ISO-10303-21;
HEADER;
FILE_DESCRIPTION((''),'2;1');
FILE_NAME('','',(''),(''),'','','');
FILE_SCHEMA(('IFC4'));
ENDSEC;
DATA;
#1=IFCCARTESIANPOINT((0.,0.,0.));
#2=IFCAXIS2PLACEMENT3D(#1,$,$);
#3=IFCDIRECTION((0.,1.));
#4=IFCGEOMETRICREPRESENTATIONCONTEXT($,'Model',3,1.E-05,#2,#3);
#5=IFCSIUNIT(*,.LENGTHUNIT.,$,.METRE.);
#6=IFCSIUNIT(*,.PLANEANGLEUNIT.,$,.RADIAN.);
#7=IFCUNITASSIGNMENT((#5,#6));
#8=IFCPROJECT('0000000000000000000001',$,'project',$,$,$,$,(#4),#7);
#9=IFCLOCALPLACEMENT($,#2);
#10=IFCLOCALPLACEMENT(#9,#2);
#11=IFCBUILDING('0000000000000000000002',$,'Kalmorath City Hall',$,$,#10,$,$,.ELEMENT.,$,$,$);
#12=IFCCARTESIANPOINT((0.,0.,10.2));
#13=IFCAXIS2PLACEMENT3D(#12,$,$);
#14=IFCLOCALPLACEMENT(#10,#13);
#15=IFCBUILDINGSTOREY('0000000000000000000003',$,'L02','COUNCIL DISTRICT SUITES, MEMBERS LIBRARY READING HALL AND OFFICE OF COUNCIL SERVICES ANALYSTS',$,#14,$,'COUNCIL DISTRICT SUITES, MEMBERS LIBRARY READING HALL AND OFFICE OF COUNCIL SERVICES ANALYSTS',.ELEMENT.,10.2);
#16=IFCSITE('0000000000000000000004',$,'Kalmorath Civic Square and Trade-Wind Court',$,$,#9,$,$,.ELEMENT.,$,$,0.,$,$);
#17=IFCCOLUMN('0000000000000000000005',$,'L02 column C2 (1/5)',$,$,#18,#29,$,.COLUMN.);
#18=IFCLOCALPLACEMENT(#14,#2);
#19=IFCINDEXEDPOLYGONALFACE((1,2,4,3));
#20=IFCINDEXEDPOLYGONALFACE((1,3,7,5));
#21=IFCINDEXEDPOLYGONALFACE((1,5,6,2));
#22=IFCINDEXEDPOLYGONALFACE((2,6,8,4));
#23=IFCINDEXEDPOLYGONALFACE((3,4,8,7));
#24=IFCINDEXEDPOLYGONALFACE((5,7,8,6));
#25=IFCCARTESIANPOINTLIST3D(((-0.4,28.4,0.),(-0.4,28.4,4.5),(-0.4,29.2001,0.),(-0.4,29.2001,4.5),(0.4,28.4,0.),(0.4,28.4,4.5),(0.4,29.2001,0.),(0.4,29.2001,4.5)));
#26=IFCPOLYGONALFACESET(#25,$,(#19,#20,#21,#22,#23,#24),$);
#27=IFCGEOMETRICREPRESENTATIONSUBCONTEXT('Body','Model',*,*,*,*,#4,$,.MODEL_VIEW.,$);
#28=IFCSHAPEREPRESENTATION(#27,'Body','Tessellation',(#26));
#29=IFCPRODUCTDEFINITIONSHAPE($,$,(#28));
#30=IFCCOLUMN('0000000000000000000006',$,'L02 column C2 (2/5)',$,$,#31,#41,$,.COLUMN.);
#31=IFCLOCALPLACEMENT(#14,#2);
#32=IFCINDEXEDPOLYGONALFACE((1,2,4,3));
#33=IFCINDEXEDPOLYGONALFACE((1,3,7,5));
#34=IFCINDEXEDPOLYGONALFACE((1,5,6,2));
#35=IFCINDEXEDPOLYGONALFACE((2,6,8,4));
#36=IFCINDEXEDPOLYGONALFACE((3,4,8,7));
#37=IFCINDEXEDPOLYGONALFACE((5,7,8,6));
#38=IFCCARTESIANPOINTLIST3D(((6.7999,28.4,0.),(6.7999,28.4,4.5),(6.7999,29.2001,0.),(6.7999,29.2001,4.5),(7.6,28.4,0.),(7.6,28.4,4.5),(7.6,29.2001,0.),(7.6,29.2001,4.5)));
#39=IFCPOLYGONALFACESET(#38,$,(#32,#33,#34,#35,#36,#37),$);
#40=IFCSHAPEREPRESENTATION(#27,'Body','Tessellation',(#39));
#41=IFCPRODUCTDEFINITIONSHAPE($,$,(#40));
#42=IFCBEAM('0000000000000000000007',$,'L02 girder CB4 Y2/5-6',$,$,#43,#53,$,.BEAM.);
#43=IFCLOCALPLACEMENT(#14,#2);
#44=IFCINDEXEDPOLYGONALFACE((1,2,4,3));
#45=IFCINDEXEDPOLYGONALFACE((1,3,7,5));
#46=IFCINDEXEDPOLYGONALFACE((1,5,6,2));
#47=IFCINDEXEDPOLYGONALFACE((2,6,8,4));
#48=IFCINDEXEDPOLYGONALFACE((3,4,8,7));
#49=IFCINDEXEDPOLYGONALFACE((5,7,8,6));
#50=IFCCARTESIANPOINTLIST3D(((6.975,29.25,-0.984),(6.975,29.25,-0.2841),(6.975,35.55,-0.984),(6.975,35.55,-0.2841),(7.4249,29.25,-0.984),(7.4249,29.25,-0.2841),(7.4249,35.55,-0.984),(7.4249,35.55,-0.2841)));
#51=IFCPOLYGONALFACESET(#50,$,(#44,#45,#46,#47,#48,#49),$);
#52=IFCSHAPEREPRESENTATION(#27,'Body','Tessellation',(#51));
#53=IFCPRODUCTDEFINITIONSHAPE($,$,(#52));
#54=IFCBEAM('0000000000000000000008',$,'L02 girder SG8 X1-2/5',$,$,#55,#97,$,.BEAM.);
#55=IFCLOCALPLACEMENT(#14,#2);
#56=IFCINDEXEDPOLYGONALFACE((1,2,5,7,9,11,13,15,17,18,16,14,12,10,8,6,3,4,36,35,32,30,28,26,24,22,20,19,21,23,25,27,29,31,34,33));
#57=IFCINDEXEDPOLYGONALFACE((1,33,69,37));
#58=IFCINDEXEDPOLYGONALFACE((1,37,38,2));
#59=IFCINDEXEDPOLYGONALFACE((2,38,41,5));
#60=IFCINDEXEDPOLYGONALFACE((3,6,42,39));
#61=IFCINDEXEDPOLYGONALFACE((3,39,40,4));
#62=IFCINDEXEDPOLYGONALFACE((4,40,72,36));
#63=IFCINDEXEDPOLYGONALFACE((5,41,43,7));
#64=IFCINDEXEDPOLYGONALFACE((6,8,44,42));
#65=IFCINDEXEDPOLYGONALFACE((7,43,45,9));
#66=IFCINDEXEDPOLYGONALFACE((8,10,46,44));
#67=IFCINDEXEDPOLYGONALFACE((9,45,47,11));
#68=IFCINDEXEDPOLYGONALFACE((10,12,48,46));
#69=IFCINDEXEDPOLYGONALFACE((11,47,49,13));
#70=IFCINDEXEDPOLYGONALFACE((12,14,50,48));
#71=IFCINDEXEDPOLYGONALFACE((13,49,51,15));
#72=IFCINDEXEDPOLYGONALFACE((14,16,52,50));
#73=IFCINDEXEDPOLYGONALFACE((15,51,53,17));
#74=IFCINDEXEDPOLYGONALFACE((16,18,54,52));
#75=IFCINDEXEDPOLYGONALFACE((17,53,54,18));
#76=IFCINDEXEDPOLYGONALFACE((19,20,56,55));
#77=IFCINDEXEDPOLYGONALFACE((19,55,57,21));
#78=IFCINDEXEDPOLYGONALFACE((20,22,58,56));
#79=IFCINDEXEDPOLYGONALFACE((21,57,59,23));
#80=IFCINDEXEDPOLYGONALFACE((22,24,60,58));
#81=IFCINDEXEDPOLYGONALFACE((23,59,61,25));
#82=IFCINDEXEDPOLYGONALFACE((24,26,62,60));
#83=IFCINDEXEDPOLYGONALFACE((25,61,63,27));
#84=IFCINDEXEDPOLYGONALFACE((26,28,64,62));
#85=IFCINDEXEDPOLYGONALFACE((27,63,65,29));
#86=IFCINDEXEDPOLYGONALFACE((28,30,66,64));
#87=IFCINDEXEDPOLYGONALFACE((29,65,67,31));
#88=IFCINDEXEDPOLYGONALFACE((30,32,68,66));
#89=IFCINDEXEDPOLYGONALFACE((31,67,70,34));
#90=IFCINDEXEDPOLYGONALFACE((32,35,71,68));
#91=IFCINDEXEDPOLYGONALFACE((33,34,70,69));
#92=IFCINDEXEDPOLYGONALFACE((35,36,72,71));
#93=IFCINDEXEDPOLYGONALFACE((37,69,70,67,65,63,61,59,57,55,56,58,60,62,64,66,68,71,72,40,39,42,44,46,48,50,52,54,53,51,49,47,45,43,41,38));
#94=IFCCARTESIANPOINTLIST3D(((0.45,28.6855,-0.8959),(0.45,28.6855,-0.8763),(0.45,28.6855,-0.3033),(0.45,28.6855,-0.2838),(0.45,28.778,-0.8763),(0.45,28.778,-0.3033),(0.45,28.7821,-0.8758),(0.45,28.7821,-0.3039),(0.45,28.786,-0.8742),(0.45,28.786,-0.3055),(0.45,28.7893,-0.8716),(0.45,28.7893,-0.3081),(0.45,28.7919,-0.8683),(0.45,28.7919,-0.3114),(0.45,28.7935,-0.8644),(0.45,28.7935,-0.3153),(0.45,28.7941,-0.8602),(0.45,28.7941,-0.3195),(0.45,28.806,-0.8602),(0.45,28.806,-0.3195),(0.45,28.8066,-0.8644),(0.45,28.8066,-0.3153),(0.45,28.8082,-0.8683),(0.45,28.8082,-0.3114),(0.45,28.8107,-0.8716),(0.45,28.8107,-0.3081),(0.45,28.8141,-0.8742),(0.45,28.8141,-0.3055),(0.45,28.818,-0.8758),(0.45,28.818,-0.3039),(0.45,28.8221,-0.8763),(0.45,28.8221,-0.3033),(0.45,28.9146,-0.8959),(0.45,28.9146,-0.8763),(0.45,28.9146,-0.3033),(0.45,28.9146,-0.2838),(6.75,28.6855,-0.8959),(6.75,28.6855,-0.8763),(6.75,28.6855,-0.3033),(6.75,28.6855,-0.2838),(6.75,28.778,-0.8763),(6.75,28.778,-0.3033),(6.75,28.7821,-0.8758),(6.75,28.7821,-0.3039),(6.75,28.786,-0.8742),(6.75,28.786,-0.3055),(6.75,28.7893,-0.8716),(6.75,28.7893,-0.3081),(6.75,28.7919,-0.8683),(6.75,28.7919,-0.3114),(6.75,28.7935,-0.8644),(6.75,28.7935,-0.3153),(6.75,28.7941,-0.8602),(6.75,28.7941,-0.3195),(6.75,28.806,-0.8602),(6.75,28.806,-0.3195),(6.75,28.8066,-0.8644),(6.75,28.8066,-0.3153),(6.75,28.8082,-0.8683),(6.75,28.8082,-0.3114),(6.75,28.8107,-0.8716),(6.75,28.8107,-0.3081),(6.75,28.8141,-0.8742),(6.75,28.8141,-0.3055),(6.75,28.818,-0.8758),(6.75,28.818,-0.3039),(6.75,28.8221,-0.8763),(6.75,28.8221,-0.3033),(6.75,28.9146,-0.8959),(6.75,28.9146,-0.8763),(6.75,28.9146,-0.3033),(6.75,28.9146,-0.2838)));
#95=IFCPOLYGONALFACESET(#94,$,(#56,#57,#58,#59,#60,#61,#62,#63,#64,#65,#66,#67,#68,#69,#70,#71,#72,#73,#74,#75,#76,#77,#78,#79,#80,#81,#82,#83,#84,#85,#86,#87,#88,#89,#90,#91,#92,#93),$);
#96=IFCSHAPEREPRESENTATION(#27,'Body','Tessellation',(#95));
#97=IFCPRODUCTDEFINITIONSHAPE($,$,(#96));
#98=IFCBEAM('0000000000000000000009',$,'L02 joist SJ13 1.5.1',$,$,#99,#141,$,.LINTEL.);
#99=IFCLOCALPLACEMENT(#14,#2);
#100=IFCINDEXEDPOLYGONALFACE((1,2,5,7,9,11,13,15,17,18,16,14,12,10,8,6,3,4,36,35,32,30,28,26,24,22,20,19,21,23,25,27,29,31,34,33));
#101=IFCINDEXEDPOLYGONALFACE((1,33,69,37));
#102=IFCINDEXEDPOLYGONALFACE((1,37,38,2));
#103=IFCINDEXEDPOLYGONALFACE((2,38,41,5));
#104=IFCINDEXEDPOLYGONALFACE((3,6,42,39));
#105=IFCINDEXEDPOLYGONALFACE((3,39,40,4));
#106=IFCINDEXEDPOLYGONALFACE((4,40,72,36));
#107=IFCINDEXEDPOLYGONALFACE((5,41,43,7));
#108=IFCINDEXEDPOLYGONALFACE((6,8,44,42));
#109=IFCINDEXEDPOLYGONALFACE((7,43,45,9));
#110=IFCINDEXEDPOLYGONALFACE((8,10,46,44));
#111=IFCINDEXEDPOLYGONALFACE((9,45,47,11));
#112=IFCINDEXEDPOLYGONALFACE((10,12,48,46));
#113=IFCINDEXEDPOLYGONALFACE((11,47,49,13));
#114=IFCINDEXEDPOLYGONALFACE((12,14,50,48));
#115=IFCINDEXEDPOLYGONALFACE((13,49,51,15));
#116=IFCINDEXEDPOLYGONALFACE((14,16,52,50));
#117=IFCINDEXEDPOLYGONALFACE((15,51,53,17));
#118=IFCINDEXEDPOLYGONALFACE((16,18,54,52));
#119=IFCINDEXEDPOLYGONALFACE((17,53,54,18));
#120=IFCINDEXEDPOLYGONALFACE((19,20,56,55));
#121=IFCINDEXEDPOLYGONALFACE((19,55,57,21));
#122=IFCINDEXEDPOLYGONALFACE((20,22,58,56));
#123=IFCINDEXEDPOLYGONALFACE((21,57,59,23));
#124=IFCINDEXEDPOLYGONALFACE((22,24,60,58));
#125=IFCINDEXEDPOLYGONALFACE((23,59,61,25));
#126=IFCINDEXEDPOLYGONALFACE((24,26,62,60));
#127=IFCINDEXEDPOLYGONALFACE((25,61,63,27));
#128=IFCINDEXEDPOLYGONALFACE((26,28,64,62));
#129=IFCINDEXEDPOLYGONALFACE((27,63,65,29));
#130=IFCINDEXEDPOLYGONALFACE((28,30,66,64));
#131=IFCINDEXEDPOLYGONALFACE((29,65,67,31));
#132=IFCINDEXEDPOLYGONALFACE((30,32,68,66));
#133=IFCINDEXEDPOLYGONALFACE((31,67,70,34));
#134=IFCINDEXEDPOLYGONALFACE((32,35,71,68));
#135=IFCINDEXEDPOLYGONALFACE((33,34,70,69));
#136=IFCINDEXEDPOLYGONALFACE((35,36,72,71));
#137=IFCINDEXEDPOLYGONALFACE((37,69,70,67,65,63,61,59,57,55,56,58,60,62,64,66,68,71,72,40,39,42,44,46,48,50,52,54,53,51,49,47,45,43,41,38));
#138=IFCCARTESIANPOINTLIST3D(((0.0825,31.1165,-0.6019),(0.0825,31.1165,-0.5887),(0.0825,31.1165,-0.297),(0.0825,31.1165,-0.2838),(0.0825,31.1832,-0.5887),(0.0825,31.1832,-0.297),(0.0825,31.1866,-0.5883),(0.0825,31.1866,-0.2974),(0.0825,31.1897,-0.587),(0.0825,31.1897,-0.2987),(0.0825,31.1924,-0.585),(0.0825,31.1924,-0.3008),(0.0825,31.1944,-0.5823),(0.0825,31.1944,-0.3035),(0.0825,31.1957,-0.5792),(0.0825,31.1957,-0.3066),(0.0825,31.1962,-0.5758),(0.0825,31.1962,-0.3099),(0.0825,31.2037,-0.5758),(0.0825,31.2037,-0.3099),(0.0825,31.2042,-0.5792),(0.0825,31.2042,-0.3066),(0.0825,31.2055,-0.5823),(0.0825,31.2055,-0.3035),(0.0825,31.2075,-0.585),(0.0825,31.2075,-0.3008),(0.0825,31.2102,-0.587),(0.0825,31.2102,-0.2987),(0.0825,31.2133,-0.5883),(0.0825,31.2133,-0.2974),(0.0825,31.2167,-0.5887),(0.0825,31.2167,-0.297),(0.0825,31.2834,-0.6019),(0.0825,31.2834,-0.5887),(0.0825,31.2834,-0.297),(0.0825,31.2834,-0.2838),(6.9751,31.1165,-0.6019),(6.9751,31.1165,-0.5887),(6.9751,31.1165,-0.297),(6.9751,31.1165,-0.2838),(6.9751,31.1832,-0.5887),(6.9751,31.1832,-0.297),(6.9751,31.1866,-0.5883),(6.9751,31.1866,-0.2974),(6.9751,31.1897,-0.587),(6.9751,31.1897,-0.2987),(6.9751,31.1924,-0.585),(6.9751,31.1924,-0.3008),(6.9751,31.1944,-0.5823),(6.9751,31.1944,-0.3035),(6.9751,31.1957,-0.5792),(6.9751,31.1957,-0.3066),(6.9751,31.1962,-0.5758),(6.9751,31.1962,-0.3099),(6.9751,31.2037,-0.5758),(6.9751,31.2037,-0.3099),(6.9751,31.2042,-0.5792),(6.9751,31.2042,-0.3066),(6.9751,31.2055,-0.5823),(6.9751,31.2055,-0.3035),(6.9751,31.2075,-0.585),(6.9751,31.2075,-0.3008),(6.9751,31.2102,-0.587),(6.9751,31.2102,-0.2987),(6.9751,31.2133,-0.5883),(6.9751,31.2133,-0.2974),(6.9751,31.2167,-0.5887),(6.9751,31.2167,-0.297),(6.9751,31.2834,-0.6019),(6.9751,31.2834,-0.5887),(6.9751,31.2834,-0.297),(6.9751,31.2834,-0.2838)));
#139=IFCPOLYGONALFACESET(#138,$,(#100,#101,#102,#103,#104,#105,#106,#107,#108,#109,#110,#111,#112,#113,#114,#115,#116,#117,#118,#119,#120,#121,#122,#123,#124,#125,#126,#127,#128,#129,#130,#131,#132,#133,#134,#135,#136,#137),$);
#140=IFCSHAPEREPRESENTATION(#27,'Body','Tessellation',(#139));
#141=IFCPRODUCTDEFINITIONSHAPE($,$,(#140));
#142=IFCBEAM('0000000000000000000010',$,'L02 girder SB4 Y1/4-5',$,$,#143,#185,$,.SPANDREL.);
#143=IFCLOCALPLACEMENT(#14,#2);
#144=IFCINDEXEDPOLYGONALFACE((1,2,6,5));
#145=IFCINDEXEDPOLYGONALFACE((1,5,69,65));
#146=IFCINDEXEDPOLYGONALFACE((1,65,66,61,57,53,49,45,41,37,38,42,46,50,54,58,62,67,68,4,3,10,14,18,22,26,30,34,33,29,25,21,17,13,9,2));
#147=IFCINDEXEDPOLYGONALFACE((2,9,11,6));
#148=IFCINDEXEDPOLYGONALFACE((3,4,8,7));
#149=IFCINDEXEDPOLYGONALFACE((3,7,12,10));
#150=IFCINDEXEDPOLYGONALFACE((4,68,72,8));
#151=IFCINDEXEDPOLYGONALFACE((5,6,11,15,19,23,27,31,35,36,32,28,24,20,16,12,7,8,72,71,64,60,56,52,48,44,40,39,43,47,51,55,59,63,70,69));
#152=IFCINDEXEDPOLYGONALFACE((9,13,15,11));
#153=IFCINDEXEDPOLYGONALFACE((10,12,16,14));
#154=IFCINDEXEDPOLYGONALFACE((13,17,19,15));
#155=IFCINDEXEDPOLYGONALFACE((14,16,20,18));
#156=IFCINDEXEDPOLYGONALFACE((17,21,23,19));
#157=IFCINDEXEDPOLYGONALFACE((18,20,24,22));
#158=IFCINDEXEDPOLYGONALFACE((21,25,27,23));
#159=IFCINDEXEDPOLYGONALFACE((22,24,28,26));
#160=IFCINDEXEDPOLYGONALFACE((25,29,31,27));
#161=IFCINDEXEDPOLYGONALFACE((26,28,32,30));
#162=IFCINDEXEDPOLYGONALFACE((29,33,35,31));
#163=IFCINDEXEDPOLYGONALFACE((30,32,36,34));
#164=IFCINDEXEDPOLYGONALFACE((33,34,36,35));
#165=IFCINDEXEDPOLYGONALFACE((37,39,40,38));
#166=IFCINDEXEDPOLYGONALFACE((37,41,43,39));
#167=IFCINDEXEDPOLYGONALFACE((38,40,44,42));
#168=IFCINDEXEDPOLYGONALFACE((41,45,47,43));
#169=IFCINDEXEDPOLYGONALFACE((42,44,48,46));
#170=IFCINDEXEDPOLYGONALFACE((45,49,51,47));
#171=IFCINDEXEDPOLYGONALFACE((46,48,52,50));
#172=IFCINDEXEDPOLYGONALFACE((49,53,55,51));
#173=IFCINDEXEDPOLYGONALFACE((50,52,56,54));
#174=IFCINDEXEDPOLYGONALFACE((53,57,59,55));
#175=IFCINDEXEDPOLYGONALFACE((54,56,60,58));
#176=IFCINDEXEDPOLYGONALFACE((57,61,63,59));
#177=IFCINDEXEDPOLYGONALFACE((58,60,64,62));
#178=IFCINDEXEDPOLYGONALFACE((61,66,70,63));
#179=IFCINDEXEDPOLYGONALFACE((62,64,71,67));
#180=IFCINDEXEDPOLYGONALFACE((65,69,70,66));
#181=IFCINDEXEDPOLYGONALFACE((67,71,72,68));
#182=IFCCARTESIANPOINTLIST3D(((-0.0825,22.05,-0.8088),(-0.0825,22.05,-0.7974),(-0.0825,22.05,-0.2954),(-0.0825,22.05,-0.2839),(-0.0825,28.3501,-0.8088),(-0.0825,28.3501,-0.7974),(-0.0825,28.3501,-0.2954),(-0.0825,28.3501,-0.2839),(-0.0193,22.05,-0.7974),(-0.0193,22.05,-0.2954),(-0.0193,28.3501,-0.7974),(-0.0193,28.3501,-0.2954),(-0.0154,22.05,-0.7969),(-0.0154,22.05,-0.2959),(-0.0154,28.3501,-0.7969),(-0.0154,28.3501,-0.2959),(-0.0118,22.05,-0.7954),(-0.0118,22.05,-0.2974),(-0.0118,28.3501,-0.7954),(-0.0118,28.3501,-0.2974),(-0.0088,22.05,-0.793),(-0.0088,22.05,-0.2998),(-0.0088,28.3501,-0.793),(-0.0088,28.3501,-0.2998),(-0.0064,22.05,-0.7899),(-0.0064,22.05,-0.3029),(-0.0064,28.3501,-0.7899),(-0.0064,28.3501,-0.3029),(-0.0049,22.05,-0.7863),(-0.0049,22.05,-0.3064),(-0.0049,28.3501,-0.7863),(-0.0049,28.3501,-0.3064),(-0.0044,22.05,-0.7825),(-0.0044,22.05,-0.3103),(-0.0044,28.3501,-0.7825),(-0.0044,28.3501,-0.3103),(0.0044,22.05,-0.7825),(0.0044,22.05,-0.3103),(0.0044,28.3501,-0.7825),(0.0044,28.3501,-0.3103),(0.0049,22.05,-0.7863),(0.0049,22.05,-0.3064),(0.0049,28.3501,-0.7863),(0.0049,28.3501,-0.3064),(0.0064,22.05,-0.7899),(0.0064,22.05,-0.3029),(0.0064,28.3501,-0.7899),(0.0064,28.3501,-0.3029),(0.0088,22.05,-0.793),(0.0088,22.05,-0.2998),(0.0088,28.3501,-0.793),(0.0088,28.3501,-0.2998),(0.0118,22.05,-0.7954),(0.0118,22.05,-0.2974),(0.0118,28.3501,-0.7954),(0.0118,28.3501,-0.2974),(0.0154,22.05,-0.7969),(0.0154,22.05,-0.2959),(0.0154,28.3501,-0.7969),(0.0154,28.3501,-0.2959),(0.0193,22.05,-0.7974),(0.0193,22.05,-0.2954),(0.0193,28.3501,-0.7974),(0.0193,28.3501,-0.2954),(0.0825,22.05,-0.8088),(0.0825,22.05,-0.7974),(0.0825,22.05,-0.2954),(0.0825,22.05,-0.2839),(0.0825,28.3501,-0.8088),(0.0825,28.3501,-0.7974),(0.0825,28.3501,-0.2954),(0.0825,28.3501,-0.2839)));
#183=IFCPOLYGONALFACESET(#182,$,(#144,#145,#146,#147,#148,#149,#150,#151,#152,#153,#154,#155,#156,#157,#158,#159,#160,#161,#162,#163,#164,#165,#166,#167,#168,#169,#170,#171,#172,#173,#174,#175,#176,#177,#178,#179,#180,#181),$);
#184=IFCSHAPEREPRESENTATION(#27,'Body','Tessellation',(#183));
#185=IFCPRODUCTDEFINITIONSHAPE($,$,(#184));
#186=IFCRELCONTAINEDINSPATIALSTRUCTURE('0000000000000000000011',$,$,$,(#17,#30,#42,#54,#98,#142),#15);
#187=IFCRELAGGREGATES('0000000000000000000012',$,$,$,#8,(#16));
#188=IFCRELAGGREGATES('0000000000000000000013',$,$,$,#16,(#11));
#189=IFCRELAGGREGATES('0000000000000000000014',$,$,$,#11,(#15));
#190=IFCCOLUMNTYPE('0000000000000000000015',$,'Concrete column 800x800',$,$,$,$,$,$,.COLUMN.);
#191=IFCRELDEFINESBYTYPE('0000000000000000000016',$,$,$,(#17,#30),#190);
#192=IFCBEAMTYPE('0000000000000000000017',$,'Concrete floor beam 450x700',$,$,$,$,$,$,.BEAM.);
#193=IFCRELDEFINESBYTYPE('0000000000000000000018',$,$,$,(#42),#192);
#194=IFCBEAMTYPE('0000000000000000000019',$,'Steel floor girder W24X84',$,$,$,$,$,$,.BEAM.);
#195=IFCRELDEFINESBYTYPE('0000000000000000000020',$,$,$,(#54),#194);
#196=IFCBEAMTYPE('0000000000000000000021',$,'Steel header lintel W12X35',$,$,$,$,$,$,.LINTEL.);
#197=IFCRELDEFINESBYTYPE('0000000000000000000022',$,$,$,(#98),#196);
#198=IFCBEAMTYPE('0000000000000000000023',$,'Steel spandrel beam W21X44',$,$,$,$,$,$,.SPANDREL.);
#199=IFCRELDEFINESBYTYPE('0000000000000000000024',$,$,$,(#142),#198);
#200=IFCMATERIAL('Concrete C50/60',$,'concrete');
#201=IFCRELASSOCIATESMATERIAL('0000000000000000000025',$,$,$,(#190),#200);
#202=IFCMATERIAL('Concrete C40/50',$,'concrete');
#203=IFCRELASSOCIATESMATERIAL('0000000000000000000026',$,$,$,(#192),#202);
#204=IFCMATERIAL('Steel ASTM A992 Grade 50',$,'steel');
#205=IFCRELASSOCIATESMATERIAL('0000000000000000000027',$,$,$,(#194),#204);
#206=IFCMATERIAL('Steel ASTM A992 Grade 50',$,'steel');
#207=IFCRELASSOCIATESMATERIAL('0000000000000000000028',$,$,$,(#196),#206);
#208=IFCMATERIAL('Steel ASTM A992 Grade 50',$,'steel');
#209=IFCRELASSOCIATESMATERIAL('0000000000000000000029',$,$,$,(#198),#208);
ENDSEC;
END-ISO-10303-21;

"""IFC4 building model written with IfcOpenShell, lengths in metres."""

from ifc_helpers import new_model, si_unit, direction, frame, origin, origin_2d, place, context, subcontext, project, spatial, rectangle, i_section, extrude, material, material_profile, profile_set, type_object, element, save


model = new_model("IFC4")

# Units and contexts
model_context = context("Model", 3, precision=1e-05, world=origin(), true_north=direction((0.0, 1.0)))
body_context = subcontext(model_context, "Body", "Model", "MODEL_VIEW")
ifc_project = project(units=[si_unit("LENGTHUNIT", "METRE"), si_unit("PLANEANGLEUNIT", "RADIAN")], contexts=[model_context])

# Site, building, storey
site_placement = place(None, origin())
site = spatial("IfcSite", under=ifc_project, at=site_placement, Name="Kalmorath Civic Square and Trade-Wind Court", CompositionType="ELEMENT", RefElevation=0.0)
building_placement = place(site_placement, origin())
building = spatial("IfcBuilding", under=site, at=building_placement, Name="Kalmorath City Hall", CompositionType="ELEMENT")
storey_placement = place(building_placement, frame((0.0, 0.0, 10.2)))
storey = spatial("IfcBuildingStorey", under=building, at=storey_placement, Name="L02", Description="COUNCIL DISTRICT SUITES, MEMBERS LIBRARY READING HALL AND OFFICE OF COUNCIL SERVICES ANALYSTS", LongName="COUNCIL DISTRICT SUITES, MEMBERS LIBRARY READING HALL AND OFFICE OF COUNCIL SERVICES ANALYSTS", CompositionType="ELEMENT", Elevation=10.2)

# Columns
ifc_material_1 = material(Name="Concrete C50/60", Category="concrete")
ifc_material_profile_1 = material_profile(ifc_material_1, rectangle(XDim=0.8, YDim=0.8, at=origin_2d()), Name="RC-COL-800X800")
ifc_profile_set_1 = profile_set([ifc_material_profile_1], Name="Concrete C50/60")
column_type = type_object("IfcColumnType", Name="Concrete column 800x800", PredefinedType="COLUMN", material=ifc_profile_set_1)
for number, where, z_axis, x_axis, name in (
    (1, (0.0, 28.8, 0.0), (0.0, 0.0, 1.0), (1.0, 0.0, 0.0), "L02 column C2 (1/5)"),
    (2, (7.2, 28.8, 0.0), (0.0, 0.0, 1.0), (1.0, 0.0, 0.0), "L02 column C2 (2/5)"),
):
    element("IfcColumn", number, at=place(storey_placement, frame(where, z_axis=z_axis, x_axis=x_axis)), inside=storey, type_object=column_type, Name=name, PredefinedType="COLUMN", context=body_context, shape_type="SweptSolid", body=[
        extrude(rectangle(XDim=0.8, YDim=0.8, at=origin_2d()), origin(), (0.0, 0.0, 1.0), 4.5),
    ])

# Beams
ifc_material_2 = material(Name="Concrete C40/50", Category="concrete")
ifc_material_profile_2 = material_profile(ifc_material_2, rectangle(XDim=0.45, YDim=0.7, at=origin_2d()), Name="RC-BM-450X700")
ifc_profile_set_2 = profile_set([ifc_material_profile_2], Name="Concrete C40/50")
beam_type_1 = type_object("IfcBeamType", Name="Concrete floor beam 450x700", PredefinedType="BEAM", material=ifc_profile_set_2)
beam_1_placement = place(storey_placement, frame((7.2, 29.25, -0.634), z_axis=(0.0, 1.0, 0.0), x_axis=(-1.0, 0.0, 0.0)))
element("IfcBeam", 3, at=beam_1_placement, inside=storey, type_object=beam_type_1, Name="L02 girder CB4 Y2/5-6", PredefinedType="BEAM", context=body_context, shape_type="SweptSolid", body=[
    extrude(rectangle(XDim=0.45, YDim=0.7, at=origin_2d()), origin(), (0.0, 0.0, 1.0), 6.3),
])
ifc_material_3 = material(Name="Steel ASTM A992 Grade 50", Category="steel")
ifc_material_profile_3 = material_profile(ifc_material_3, i_section(OverallWidth=0.229, OverallDepth=0.6121, WebThickness=0.012, FlangeThickness=0.0195, FilletRadius=0.0161, at=origin_2d()), Name="W24X84")
ifc_profile_set_3 = profile_set([ifc_material_profile_3], Name="Steel ASTM A992 Grade 50")
beam_type_2 = type_object("IfcBeamType", Name="Steel floor girder W24X84", PredefinedType="BEAM", material=ifc_profile_set_3)
beam_2_placement = place(storey_placement, frame((0.45, 28.8, -0.5898), z_axis=(1.0, 0.0, 0.0), x_axis=(0.0, 1.0, 0.0)))
element("IfcBeam", 4, at=beam_2_placement, inside=storey, type_object=beam_type_2, Name="L02 girder SG8 X1-2/5", PredefinedType="BEAM", context=body_context, shape_type="SweptSolid", body=[
    extrude(i_section(OverallWidth=0.229, OverallDepth=0.6121, WebThickness=0.012, FlangeThickness=0.0195, FilletRadius=0.0161, at=origin_2d()), origin(), (0.0, 0.0, 1.0), 6.3),
])
ifc_material_4 = material(Name="Steel ASTM A992 Grade 50", Category="steel")
ifc_material_profile_4 = material_profile(ifc_material_4, i_section(OverallWidth=0.167, OverallDepth=0.3181, WebThickness=0.0076, FlangeThickness=0.0132, FilletRadius=0.0129, at=origin_2d()), Name="W12X35")
ifc_profile_set_4 = profile_set([ifc_material_profile_4], Name="Steel ASTM A992 Grade 50")
beam_type_3 = type_object("IfcBeamType", Name="Steel header lintel W12X35", PredefinedType="LINTEL", material=ifc_profile_set_4)
beam_3_placement = place(storey_placement, frame((0.0825, 31.2, -0.4429), z_axis=(1.0, 0.0, 0.0), x_axis=(0.0, 1.0, 0.0)))
element("IfcBeam", 5, at=beam_3_placement, inside=storey, type_object=beam_type_3, Name="L02 joist SJ13 1.5.1", PredefinedType="LINTEL", context=body_context, shape_type="SweptSolid", body=[
    extrude(i_section(OverallWidth=0.167, OverallDepth=0.3181, WebThickness=0.0076, FlangeThickness=0.0132, FilletRadius=0.0129, at=origin_2d()), origin(), (0.0, 0.0, 1.0), 6.8926),
])
ifc_material_5 = material(Name="Steel ASTM A992 Grade 50", Category="steel")
ifc_material_profile_5 = material_profile(ifc_material_5, i_section(OverallWidth=0.165, OverallDepth=0.5249, WebThickness=0.0088, FlangeThickness=0.0115, FilletRadius=0.0149, at=origin_2d()), Name="W21X44")
ifc_profile_set_5 = profile_set([ifc_material_profile_5], Name="Steel ASTM A992 Grade 50")
beam_type_4 = type_object("IfcBeamType", Name="Steel spandrel beam W21X44", PredefinedType="SPANDREL", material=ifc_profile_set_5)
for number, where, z_axis, x_axis, name in (
    (6, (0.0, 22.05, -0.5464), (0.0, 1.0, 0.0), (-1.0, 0.0, 0.0), "L02 girder SB4 Y1/4-5"),
):
    element("IfcBeam", number, at=place(storey_placement, frame(where, z_axis=z_axis, x_axis=x_axis)), inside=storey, type_object=beam_type_4, Name=name, PredefinedType="SPANDREL", context=body_context, shape_type="SweptSolid", body=[
        extrude(i_section(OverallWidth=0.165, OverallDepth=0.5249, WebThickness=0.0088, FlangeThickness=0.0115, FilletRadius=0.0149, at=origin_2d()), origin(), (0.0, 0.0, 1.0), 6.3),
    ])

save(model, "model.ifc")
